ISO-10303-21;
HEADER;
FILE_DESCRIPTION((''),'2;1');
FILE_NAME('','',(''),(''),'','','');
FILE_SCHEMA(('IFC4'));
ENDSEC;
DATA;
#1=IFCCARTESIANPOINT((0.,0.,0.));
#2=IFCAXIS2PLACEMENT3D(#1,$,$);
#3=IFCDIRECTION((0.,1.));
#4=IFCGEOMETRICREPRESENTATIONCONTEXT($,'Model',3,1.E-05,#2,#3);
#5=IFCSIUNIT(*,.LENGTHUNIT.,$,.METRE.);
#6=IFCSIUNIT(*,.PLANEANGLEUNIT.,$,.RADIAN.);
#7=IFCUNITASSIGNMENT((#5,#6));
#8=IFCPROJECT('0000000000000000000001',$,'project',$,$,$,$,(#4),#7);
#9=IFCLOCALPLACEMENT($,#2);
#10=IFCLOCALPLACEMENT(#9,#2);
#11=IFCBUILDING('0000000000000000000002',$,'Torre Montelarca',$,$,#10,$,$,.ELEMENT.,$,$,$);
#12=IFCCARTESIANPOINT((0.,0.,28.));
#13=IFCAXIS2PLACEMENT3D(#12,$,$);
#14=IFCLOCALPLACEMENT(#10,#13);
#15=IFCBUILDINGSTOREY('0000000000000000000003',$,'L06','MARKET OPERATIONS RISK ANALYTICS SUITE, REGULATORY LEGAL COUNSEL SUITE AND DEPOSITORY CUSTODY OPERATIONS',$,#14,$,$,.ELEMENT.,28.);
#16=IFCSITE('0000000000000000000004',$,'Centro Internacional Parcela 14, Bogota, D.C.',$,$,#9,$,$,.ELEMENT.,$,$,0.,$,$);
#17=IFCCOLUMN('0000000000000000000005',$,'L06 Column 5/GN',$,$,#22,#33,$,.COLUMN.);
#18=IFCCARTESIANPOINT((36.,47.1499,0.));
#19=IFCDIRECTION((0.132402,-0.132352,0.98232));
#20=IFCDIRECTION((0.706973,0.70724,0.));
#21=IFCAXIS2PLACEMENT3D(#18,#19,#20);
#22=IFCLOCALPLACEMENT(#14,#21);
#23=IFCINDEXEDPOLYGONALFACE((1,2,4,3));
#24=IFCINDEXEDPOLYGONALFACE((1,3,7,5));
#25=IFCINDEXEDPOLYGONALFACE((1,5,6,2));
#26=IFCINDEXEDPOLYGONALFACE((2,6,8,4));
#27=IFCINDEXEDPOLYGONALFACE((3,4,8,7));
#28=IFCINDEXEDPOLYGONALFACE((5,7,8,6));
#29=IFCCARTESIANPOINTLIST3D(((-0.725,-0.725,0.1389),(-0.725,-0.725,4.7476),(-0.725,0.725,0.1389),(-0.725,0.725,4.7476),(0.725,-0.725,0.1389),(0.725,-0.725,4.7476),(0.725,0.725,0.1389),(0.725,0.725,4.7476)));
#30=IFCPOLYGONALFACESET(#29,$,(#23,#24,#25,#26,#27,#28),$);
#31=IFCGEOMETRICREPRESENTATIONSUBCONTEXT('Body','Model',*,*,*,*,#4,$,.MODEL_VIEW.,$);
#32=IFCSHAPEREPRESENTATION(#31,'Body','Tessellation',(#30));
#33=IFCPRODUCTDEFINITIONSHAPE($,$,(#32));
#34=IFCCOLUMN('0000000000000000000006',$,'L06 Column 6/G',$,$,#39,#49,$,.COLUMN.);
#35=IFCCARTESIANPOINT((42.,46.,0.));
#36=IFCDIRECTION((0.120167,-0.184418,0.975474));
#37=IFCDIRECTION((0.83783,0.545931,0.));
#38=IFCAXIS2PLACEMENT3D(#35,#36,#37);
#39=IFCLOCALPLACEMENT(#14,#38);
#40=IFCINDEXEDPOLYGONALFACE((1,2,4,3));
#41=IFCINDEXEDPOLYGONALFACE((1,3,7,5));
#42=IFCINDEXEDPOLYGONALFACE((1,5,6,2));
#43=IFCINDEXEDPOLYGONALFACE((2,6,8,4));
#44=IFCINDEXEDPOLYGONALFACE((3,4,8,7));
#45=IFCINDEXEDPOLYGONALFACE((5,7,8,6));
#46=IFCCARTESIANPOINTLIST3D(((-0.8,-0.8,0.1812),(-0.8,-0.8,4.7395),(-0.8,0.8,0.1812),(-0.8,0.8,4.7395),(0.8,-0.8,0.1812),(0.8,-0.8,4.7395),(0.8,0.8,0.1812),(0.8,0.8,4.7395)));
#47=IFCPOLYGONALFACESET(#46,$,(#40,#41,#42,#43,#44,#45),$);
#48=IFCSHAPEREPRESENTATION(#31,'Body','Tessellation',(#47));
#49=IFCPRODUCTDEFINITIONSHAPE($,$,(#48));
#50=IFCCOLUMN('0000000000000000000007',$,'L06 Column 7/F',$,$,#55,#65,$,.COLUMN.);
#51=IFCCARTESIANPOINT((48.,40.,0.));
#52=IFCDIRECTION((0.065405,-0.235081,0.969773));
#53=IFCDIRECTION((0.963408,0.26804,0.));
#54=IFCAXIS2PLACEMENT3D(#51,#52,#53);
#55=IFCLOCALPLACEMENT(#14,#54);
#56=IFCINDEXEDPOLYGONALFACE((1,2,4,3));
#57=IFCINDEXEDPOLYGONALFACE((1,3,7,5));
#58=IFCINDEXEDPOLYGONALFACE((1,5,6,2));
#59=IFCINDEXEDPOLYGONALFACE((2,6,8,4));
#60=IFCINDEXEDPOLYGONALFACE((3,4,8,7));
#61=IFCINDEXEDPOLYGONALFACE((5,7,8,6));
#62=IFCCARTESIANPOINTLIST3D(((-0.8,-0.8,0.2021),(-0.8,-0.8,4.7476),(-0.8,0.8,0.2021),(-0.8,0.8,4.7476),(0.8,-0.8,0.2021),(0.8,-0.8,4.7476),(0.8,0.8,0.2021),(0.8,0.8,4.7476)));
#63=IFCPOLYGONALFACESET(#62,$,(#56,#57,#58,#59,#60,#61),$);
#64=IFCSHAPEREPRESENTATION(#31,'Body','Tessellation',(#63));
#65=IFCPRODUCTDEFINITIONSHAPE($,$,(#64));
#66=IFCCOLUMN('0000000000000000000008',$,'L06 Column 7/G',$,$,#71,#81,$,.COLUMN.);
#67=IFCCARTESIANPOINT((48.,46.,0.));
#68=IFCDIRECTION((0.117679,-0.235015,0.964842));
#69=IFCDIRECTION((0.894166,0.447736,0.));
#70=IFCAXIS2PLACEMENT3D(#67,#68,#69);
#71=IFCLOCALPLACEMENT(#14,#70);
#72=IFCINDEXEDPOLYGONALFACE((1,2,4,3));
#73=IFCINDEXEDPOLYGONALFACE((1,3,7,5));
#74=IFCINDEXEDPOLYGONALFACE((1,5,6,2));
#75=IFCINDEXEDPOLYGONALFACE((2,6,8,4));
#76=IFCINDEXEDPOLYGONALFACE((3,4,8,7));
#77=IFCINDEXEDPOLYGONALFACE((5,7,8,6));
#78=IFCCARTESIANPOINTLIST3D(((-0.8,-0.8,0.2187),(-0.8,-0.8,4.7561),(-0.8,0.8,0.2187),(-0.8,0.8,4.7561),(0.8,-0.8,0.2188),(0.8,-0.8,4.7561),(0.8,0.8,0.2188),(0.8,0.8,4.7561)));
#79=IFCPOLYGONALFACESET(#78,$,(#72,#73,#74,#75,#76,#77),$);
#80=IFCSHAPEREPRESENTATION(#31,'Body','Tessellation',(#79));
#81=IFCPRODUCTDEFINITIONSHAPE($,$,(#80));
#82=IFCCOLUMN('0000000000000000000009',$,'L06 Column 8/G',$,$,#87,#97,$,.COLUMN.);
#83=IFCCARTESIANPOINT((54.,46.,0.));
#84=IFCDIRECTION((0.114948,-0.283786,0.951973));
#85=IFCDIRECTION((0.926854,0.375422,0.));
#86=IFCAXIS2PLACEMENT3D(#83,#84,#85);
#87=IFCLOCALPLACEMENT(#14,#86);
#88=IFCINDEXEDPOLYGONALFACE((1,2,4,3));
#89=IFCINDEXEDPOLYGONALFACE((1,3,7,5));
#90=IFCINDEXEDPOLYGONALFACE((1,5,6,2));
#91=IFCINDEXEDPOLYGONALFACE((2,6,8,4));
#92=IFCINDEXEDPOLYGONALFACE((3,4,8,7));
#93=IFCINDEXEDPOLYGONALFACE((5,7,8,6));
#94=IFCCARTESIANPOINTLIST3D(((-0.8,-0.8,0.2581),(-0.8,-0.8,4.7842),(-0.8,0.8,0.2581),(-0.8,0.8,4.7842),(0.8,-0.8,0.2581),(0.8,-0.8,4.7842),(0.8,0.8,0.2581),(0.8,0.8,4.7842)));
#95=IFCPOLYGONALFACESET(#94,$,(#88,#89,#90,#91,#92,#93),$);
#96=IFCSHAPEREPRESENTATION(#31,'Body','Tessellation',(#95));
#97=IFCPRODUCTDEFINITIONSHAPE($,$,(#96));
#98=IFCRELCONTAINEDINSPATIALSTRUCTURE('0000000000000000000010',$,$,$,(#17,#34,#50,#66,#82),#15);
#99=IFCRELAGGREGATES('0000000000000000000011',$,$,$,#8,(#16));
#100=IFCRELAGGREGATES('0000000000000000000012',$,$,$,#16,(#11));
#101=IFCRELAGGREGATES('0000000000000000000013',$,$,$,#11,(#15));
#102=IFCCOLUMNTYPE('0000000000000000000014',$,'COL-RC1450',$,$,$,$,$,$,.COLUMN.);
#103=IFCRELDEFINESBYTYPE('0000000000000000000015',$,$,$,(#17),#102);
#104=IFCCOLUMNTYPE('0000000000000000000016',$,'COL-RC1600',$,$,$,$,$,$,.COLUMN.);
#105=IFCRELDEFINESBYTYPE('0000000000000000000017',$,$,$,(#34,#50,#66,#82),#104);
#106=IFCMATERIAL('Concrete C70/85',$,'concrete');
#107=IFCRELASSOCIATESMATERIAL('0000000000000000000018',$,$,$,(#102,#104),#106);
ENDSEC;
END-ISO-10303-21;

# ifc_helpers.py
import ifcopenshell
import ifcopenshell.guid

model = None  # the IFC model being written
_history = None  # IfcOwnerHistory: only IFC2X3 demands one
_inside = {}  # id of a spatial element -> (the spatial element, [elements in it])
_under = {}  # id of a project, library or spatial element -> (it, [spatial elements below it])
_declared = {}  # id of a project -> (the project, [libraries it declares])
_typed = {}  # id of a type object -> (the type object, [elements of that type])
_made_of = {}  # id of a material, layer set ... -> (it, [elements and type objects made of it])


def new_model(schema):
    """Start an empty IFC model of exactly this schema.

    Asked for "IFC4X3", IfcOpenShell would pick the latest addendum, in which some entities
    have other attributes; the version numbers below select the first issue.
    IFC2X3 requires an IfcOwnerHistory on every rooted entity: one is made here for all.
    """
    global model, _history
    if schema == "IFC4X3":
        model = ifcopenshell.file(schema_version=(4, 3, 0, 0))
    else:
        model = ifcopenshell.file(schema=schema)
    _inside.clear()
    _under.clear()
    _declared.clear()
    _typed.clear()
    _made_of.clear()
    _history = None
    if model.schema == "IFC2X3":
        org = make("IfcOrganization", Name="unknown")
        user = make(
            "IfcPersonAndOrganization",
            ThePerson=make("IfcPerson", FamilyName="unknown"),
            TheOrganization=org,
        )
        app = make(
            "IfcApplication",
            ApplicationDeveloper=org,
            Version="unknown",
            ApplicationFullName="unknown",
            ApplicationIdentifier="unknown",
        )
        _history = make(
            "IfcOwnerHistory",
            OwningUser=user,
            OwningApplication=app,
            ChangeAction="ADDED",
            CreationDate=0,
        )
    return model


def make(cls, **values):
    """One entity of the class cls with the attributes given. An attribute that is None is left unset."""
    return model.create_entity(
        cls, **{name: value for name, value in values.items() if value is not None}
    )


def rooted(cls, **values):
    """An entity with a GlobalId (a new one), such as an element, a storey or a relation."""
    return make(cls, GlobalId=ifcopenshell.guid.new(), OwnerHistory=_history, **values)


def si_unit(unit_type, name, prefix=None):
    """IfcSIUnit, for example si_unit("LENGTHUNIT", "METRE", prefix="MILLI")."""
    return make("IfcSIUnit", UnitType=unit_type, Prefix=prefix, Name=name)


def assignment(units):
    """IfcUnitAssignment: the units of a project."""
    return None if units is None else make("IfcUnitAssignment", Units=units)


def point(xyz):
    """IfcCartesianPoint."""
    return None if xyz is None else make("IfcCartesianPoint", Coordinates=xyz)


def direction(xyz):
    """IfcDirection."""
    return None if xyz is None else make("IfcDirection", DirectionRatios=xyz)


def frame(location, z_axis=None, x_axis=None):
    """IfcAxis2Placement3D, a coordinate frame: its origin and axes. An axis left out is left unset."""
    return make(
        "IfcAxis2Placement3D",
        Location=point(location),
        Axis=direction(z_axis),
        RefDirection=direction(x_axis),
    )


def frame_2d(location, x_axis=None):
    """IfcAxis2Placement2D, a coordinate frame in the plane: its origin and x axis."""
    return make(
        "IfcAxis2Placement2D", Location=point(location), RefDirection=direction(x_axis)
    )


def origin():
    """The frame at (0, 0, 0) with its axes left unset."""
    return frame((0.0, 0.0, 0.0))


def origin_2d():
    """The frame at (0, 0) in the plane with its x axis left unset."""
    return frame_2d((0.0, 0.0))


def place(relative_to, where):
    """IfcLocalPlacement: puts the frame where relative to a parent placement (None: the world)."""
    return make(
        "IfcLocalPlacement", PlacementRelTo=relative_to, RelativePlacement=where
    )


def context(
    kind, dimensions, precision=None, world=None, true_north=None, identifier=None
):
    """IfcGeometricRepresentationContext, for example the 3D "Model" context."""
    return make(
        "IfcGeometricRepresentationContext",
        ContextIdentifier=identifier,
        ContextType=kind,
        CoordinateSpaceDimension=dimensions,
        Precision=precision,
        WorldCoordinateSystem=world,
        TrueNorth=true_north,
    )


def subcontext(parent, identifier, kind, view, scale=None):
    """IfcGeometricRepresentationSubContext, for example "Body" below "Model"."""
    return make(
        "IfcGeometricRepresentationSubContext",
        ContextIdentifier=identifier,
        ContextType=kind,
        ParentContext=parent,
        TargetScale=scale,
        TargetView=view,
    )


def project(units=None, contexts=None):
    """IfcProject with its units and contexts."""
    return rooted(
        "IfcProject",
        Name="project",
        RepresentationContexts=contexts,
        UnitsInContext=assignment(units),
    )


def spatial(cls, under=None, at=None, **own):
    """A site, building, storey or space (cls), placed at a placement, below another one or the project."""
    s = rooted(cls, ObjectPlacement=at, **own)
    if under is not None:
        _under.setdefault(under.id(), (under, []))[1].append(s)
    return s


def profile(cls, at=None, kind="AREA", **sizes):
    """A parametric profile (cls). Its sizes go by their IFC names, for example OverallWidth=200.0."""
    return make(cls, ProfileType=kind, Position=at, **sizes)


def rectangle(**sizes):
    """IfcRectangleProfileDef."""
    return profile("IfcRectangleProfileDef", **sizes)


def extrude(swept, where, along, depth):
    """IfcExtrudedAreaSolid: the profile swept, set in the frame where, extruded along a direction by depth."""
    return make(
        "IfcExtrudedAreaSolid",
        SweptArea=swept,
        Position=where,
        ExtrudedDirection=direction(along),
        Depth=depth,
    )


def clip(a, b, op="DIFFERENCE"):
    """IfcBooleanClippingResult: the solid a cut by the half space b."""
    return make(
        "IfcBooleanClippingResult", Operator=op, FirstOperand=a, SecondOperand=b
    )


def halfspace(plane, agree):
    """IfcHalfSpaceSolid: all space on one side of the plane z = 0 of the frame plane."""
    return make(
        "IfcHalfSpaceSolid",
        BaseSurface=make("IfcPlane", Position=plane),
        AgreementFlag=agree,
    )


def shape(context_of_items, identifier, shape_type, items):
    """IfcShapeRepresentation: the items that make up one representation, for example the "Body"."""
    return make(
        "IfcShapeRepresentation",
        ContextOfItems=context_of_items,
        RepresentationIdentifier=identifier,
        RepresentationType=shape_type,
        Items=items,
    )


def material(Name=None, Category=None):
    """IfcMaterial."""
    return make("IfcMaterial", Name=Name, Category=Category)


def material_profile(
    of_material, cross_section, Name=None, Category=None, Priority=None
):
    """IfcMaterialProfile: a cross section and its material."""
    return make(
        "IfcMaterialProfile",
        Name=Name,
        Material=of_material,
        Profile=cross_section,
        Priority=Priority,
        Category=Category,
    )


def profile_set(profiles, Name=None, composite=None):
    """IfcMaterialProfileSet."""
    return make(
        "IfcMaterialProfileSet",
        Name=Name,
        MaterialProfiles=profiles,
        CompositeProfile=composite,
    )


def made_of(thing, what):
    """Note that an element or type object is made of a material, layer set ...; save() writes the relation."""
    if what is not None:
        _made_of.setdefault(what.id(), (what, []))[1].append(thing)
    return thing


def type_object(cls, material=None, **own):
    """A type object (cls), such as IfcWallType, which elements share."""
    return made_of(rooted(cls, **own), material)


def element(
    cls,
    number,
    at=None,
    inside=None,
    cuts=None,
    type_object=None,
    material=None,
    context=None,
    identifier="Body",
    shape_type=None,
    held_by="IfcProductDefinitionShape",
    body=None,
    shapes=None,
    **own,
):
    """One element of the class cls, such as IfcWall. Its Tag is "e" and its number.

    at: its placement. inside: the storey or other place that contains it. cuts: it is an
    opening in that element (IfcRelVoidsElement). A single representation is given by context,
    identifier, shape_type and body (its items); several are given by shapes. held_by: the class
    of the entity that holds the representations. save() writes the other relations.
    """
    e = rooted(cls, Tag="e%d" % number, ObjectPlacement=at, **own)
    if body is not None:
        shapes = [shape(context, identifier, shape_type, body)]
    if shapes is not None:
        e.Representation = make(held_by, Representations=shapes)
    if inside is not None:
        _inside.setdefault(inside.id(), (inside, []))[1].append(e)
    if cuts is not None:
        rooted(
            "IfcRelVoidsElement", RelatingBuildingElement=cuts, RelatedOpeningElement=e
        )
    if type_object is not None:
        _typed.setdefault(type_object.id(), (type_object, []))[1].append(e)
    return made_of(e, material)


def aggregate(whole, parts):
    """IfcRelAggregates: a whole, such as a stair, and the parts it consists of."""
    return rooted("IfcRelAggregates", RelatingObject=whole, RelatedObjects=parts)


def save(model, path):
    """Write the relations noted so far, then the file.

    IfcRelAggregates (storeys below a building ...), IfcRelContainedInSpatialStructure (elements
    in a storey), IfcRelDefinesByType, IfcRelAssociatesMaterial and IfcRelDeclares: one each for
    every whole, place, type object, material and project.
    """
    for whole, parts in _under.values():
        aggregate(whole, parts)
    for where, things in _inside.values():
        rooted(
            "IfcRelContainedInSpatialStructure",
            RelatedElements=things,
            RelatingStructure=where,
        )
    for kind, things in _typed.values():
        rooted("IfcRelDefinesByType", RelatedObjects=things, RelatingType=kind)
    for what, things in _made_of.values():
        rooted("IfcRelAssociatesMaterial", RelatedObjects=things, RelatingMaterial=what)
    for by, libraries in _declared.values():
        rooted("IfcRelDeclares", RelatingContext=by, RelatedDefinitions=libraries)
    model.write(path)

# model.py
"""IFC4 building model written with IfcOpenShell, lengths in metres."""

from ifc_helpers import new_model, si_unit, direction, frame, origin, origin_2d, place, context, subcontext, project, spatial, rectangle, extrude, clip, halfspace, material, material_profile, profile_set, type_object, element, save


model = new_model("IFC4")

# Units and contexts
model_context = context("Model", 3, precision=1e-05, world=origin(), true_north=direction((0.0, 1.0)))
body_context = subcontext(model_context, "Body", "Model", "MODEL_VIEW")
ifc_project = project(units=[si_unit("LENGTHUNIT", "METRE"), si_unit("PLANEANGLEUNIT", "RADIAN")], contexts=[model_context])

# Site, building, storey
site_placement = place(None, origin())
site = spatial("IfcSite", under=ifc_project, at=site_placement, Name="Centro Internacional Parcela 14, Bogota, D.C.", CompositionType="ELEMENT", RefElevation=0.0)
building_placement = place(site_placement, origin())
building = spatial("IfcBuilding", under=site, at=building_placement, Name="Torre Montelarca", CompositionType="ELEMENT")
storey_placement = place(building_placement, frame((0.0, 0.0, 28.0)))
storey = spatial("IfcBuildingStorey", under=building, at=storey_placement, Name="L06", Description="MARKET OPERATIONS RISK ANALYTICS SUITE, REGULATORY LEGAL COUNSEL SUITE AND DEPOSITORY CUSTODY OPERATIONS", CompositionType="ELEMENT", Elevation=28.0)

# Columns
ifc_material_1 = material(Name="Concrete C70/85", Category="concrete")
ifc_material_profile_1 = material_profile(ifc_material_1, rectangle(XDim=1.45, YDim=1.45, at=origin_2d()), Name="RC1450X1450", Category="concrete")
ifc_profile_set_1 = profile_set([ifc_material_profile_1], Name="Concrete C70/85")
column_type_1 = type_object("IfcColumnType", Name="COL-RC1450", PredefinedType="COLUMN", material=ifc_profile_set_1)
column_1_placement = place(storey_placement, frame((36.0, 47.1499, 0.0), z_axis=(0.132402, -0.132352, 0.98232), x_axis=(0.706973, 0.70724, 0.0)))
element("IfcColumn", 1, at=column_1_placement, inside=storey, type_object=column_type_1, Name="L06 Column 5/GN", PredefinedType="COLUMN", context=body_context, shape_type="Clipping", body=[
    clip(clip(extrude(rectangle(XDim=1.45, YDim=1.45, at=origin_2d()), origin(), (0.0, 0.0, 1.0), 4.8865), halfspace(frame((0.0, 0.0, 0.1389), z_axis=(0.0, 0.0, -1.0), x_axis=(1.0, 0.0, 0.0)), False)), halfspace(frame((0.0, 0.0, 4.7476), z_axis=(0.0, 0.0, 1.0), x_axis=(1.0, 0.0, 0.0)), False)),
])
ifc_material_profile_2 = material_profile(ifc_material_1, rectangle(XDim=1.6001, YDim=1.6001, at=origin_2d()), Name="RC1600X1600", Category="concrete")
ifc_profile_set_2 = profile_set([ifc_material_profile_2], Name="Concrete C70/85")
column_type_2 = type_object("IfcColumnType", Name="COL-RC1600", PredefinedType="COLUMN", material=ifc_profile_set_2)
column_2_placement = place(storey_placement, frame((42.0, 46.0, 0.0), z_axis=(0.120167, -0.184418, 0.975474), x_axis=(0.83783, 0.545931, 0.0)))
element("IfcColumn", 2, at=column_2_placement, inside=storey, type_object=column_type_2, Name="L06 Column 6/G", PredefinedType="COLUMN", context=body_context, shape_type="Clipping", body=[
    clip(clip(extrude(rectangle(XDim=1.6001, YDim=1.6001, at=origin_2d()), origin(), (0.0, 0.0, 1.0), 4.9207), halfspace(frame((0.0, 0.0, 0.1812), z_axis=(0.0, 0.0, -1.0), x_axis=(1.0, 0.0, 0.0)), False)), halfspace(frame((0.0, 0.0, 4.7395), z_axis=(0.0, 0.0, 1.0), x_axis=(1.0, 0.0, 0.0)), False)),
])
column_3_placement = place(storey_placement, frame((48.0, 40.0, 0.0), z_axis=(0.065405, -0.235081, 0.969773), x_axis=(0.963408, 0.26804, 0.0)))
element("IfcColumn", 3, at=column_3_placement, inside=storey, type_object=column_type_2, Name="L06 Column 7/F", PredefinedType="COLUMN", context=body_context, shape_type="Clipping", body=[
    clip(clip(extrude(rectangle(XDim=1.6001, YDim=1.6001, at=origin_2d()), origin(), (0.0, 0.0, 1.0), 4.9497), halfspace(frame((0.0, 0.0, 0.2021), z_axis=(0.0, 0.0, -1.0), x_axis=(1.0, 0.0, 0.0)), False)), halfspace(frame((0.0, 0.0, 4.7476), z_axis=(0.0, 0.0, 1.0), x_axis=(1.0, 0.0, 0.0)), False)),
])
column_4_placement = place(storey_placement, frame((48.0, 46.0, 0.0), z_axis=(0.117679, -0.235015, 0.964842), x_axis=(0.894166, 0.447736, 0.0)))
element("IfcColumn", 4, at=column_4_placement, inside=storey, type_object=column_type_2, Name="L06 Column 7/G", PredefinedType="COLUMN", context=body_context, shape_type="Clipping", body=[
    clip(clip(extrude(rectangle(XDim=1.6001, YDim=1.6001, at=origin_2d()), origin(), (0.0, 0.0, 1.0), 4.9749), halfspace(frame((0.0, 0.0, 0.2188), z_axis=(0.0, 0.0, -1.0), x_axis=(1.0, 0.0, 0.0)), False)), halfspace(frame((0.0, 0.0, 4.7561), z_axis=(0.0, 0.0, 1.0), x_axis=(1.0, 0.0, 0.0)), False)),
])
column_5_placement = place(storey_placement, frame((54.0, 46.0, 0.0), z_axis=(0.114948, -0.283786, 0.951973), x_axis=(0.926854, 0.375422, 0.0)))
element("IfcColumn", 5, at=column_5_placement, inside=storey, type_object=column_type_2, Name="L06 Column 8/G", PredefinedType="COLUMN", context=body_context, shape_type="Clipping", body=[
    clip(clip(extrude(rectangle(XDim=1.6001, YDim=1.6001, at=origin_2d()), origin(), (0.0, 0.0, 1.0), 5.0422), halfspace(frame((0.0, 0.0, 0.2581), z_axis=(0.0, 0.0, -1.0), x_axis=(1.0, 0.0, 0.0)), False)), halfspace(frame((0.0, 0.0, 4.7842), z_axis=(0.0, 0.0, 1.0), x_axis=(1.0, 0.0, 0.0)), False)),
])

save(model, "model.ifc")
